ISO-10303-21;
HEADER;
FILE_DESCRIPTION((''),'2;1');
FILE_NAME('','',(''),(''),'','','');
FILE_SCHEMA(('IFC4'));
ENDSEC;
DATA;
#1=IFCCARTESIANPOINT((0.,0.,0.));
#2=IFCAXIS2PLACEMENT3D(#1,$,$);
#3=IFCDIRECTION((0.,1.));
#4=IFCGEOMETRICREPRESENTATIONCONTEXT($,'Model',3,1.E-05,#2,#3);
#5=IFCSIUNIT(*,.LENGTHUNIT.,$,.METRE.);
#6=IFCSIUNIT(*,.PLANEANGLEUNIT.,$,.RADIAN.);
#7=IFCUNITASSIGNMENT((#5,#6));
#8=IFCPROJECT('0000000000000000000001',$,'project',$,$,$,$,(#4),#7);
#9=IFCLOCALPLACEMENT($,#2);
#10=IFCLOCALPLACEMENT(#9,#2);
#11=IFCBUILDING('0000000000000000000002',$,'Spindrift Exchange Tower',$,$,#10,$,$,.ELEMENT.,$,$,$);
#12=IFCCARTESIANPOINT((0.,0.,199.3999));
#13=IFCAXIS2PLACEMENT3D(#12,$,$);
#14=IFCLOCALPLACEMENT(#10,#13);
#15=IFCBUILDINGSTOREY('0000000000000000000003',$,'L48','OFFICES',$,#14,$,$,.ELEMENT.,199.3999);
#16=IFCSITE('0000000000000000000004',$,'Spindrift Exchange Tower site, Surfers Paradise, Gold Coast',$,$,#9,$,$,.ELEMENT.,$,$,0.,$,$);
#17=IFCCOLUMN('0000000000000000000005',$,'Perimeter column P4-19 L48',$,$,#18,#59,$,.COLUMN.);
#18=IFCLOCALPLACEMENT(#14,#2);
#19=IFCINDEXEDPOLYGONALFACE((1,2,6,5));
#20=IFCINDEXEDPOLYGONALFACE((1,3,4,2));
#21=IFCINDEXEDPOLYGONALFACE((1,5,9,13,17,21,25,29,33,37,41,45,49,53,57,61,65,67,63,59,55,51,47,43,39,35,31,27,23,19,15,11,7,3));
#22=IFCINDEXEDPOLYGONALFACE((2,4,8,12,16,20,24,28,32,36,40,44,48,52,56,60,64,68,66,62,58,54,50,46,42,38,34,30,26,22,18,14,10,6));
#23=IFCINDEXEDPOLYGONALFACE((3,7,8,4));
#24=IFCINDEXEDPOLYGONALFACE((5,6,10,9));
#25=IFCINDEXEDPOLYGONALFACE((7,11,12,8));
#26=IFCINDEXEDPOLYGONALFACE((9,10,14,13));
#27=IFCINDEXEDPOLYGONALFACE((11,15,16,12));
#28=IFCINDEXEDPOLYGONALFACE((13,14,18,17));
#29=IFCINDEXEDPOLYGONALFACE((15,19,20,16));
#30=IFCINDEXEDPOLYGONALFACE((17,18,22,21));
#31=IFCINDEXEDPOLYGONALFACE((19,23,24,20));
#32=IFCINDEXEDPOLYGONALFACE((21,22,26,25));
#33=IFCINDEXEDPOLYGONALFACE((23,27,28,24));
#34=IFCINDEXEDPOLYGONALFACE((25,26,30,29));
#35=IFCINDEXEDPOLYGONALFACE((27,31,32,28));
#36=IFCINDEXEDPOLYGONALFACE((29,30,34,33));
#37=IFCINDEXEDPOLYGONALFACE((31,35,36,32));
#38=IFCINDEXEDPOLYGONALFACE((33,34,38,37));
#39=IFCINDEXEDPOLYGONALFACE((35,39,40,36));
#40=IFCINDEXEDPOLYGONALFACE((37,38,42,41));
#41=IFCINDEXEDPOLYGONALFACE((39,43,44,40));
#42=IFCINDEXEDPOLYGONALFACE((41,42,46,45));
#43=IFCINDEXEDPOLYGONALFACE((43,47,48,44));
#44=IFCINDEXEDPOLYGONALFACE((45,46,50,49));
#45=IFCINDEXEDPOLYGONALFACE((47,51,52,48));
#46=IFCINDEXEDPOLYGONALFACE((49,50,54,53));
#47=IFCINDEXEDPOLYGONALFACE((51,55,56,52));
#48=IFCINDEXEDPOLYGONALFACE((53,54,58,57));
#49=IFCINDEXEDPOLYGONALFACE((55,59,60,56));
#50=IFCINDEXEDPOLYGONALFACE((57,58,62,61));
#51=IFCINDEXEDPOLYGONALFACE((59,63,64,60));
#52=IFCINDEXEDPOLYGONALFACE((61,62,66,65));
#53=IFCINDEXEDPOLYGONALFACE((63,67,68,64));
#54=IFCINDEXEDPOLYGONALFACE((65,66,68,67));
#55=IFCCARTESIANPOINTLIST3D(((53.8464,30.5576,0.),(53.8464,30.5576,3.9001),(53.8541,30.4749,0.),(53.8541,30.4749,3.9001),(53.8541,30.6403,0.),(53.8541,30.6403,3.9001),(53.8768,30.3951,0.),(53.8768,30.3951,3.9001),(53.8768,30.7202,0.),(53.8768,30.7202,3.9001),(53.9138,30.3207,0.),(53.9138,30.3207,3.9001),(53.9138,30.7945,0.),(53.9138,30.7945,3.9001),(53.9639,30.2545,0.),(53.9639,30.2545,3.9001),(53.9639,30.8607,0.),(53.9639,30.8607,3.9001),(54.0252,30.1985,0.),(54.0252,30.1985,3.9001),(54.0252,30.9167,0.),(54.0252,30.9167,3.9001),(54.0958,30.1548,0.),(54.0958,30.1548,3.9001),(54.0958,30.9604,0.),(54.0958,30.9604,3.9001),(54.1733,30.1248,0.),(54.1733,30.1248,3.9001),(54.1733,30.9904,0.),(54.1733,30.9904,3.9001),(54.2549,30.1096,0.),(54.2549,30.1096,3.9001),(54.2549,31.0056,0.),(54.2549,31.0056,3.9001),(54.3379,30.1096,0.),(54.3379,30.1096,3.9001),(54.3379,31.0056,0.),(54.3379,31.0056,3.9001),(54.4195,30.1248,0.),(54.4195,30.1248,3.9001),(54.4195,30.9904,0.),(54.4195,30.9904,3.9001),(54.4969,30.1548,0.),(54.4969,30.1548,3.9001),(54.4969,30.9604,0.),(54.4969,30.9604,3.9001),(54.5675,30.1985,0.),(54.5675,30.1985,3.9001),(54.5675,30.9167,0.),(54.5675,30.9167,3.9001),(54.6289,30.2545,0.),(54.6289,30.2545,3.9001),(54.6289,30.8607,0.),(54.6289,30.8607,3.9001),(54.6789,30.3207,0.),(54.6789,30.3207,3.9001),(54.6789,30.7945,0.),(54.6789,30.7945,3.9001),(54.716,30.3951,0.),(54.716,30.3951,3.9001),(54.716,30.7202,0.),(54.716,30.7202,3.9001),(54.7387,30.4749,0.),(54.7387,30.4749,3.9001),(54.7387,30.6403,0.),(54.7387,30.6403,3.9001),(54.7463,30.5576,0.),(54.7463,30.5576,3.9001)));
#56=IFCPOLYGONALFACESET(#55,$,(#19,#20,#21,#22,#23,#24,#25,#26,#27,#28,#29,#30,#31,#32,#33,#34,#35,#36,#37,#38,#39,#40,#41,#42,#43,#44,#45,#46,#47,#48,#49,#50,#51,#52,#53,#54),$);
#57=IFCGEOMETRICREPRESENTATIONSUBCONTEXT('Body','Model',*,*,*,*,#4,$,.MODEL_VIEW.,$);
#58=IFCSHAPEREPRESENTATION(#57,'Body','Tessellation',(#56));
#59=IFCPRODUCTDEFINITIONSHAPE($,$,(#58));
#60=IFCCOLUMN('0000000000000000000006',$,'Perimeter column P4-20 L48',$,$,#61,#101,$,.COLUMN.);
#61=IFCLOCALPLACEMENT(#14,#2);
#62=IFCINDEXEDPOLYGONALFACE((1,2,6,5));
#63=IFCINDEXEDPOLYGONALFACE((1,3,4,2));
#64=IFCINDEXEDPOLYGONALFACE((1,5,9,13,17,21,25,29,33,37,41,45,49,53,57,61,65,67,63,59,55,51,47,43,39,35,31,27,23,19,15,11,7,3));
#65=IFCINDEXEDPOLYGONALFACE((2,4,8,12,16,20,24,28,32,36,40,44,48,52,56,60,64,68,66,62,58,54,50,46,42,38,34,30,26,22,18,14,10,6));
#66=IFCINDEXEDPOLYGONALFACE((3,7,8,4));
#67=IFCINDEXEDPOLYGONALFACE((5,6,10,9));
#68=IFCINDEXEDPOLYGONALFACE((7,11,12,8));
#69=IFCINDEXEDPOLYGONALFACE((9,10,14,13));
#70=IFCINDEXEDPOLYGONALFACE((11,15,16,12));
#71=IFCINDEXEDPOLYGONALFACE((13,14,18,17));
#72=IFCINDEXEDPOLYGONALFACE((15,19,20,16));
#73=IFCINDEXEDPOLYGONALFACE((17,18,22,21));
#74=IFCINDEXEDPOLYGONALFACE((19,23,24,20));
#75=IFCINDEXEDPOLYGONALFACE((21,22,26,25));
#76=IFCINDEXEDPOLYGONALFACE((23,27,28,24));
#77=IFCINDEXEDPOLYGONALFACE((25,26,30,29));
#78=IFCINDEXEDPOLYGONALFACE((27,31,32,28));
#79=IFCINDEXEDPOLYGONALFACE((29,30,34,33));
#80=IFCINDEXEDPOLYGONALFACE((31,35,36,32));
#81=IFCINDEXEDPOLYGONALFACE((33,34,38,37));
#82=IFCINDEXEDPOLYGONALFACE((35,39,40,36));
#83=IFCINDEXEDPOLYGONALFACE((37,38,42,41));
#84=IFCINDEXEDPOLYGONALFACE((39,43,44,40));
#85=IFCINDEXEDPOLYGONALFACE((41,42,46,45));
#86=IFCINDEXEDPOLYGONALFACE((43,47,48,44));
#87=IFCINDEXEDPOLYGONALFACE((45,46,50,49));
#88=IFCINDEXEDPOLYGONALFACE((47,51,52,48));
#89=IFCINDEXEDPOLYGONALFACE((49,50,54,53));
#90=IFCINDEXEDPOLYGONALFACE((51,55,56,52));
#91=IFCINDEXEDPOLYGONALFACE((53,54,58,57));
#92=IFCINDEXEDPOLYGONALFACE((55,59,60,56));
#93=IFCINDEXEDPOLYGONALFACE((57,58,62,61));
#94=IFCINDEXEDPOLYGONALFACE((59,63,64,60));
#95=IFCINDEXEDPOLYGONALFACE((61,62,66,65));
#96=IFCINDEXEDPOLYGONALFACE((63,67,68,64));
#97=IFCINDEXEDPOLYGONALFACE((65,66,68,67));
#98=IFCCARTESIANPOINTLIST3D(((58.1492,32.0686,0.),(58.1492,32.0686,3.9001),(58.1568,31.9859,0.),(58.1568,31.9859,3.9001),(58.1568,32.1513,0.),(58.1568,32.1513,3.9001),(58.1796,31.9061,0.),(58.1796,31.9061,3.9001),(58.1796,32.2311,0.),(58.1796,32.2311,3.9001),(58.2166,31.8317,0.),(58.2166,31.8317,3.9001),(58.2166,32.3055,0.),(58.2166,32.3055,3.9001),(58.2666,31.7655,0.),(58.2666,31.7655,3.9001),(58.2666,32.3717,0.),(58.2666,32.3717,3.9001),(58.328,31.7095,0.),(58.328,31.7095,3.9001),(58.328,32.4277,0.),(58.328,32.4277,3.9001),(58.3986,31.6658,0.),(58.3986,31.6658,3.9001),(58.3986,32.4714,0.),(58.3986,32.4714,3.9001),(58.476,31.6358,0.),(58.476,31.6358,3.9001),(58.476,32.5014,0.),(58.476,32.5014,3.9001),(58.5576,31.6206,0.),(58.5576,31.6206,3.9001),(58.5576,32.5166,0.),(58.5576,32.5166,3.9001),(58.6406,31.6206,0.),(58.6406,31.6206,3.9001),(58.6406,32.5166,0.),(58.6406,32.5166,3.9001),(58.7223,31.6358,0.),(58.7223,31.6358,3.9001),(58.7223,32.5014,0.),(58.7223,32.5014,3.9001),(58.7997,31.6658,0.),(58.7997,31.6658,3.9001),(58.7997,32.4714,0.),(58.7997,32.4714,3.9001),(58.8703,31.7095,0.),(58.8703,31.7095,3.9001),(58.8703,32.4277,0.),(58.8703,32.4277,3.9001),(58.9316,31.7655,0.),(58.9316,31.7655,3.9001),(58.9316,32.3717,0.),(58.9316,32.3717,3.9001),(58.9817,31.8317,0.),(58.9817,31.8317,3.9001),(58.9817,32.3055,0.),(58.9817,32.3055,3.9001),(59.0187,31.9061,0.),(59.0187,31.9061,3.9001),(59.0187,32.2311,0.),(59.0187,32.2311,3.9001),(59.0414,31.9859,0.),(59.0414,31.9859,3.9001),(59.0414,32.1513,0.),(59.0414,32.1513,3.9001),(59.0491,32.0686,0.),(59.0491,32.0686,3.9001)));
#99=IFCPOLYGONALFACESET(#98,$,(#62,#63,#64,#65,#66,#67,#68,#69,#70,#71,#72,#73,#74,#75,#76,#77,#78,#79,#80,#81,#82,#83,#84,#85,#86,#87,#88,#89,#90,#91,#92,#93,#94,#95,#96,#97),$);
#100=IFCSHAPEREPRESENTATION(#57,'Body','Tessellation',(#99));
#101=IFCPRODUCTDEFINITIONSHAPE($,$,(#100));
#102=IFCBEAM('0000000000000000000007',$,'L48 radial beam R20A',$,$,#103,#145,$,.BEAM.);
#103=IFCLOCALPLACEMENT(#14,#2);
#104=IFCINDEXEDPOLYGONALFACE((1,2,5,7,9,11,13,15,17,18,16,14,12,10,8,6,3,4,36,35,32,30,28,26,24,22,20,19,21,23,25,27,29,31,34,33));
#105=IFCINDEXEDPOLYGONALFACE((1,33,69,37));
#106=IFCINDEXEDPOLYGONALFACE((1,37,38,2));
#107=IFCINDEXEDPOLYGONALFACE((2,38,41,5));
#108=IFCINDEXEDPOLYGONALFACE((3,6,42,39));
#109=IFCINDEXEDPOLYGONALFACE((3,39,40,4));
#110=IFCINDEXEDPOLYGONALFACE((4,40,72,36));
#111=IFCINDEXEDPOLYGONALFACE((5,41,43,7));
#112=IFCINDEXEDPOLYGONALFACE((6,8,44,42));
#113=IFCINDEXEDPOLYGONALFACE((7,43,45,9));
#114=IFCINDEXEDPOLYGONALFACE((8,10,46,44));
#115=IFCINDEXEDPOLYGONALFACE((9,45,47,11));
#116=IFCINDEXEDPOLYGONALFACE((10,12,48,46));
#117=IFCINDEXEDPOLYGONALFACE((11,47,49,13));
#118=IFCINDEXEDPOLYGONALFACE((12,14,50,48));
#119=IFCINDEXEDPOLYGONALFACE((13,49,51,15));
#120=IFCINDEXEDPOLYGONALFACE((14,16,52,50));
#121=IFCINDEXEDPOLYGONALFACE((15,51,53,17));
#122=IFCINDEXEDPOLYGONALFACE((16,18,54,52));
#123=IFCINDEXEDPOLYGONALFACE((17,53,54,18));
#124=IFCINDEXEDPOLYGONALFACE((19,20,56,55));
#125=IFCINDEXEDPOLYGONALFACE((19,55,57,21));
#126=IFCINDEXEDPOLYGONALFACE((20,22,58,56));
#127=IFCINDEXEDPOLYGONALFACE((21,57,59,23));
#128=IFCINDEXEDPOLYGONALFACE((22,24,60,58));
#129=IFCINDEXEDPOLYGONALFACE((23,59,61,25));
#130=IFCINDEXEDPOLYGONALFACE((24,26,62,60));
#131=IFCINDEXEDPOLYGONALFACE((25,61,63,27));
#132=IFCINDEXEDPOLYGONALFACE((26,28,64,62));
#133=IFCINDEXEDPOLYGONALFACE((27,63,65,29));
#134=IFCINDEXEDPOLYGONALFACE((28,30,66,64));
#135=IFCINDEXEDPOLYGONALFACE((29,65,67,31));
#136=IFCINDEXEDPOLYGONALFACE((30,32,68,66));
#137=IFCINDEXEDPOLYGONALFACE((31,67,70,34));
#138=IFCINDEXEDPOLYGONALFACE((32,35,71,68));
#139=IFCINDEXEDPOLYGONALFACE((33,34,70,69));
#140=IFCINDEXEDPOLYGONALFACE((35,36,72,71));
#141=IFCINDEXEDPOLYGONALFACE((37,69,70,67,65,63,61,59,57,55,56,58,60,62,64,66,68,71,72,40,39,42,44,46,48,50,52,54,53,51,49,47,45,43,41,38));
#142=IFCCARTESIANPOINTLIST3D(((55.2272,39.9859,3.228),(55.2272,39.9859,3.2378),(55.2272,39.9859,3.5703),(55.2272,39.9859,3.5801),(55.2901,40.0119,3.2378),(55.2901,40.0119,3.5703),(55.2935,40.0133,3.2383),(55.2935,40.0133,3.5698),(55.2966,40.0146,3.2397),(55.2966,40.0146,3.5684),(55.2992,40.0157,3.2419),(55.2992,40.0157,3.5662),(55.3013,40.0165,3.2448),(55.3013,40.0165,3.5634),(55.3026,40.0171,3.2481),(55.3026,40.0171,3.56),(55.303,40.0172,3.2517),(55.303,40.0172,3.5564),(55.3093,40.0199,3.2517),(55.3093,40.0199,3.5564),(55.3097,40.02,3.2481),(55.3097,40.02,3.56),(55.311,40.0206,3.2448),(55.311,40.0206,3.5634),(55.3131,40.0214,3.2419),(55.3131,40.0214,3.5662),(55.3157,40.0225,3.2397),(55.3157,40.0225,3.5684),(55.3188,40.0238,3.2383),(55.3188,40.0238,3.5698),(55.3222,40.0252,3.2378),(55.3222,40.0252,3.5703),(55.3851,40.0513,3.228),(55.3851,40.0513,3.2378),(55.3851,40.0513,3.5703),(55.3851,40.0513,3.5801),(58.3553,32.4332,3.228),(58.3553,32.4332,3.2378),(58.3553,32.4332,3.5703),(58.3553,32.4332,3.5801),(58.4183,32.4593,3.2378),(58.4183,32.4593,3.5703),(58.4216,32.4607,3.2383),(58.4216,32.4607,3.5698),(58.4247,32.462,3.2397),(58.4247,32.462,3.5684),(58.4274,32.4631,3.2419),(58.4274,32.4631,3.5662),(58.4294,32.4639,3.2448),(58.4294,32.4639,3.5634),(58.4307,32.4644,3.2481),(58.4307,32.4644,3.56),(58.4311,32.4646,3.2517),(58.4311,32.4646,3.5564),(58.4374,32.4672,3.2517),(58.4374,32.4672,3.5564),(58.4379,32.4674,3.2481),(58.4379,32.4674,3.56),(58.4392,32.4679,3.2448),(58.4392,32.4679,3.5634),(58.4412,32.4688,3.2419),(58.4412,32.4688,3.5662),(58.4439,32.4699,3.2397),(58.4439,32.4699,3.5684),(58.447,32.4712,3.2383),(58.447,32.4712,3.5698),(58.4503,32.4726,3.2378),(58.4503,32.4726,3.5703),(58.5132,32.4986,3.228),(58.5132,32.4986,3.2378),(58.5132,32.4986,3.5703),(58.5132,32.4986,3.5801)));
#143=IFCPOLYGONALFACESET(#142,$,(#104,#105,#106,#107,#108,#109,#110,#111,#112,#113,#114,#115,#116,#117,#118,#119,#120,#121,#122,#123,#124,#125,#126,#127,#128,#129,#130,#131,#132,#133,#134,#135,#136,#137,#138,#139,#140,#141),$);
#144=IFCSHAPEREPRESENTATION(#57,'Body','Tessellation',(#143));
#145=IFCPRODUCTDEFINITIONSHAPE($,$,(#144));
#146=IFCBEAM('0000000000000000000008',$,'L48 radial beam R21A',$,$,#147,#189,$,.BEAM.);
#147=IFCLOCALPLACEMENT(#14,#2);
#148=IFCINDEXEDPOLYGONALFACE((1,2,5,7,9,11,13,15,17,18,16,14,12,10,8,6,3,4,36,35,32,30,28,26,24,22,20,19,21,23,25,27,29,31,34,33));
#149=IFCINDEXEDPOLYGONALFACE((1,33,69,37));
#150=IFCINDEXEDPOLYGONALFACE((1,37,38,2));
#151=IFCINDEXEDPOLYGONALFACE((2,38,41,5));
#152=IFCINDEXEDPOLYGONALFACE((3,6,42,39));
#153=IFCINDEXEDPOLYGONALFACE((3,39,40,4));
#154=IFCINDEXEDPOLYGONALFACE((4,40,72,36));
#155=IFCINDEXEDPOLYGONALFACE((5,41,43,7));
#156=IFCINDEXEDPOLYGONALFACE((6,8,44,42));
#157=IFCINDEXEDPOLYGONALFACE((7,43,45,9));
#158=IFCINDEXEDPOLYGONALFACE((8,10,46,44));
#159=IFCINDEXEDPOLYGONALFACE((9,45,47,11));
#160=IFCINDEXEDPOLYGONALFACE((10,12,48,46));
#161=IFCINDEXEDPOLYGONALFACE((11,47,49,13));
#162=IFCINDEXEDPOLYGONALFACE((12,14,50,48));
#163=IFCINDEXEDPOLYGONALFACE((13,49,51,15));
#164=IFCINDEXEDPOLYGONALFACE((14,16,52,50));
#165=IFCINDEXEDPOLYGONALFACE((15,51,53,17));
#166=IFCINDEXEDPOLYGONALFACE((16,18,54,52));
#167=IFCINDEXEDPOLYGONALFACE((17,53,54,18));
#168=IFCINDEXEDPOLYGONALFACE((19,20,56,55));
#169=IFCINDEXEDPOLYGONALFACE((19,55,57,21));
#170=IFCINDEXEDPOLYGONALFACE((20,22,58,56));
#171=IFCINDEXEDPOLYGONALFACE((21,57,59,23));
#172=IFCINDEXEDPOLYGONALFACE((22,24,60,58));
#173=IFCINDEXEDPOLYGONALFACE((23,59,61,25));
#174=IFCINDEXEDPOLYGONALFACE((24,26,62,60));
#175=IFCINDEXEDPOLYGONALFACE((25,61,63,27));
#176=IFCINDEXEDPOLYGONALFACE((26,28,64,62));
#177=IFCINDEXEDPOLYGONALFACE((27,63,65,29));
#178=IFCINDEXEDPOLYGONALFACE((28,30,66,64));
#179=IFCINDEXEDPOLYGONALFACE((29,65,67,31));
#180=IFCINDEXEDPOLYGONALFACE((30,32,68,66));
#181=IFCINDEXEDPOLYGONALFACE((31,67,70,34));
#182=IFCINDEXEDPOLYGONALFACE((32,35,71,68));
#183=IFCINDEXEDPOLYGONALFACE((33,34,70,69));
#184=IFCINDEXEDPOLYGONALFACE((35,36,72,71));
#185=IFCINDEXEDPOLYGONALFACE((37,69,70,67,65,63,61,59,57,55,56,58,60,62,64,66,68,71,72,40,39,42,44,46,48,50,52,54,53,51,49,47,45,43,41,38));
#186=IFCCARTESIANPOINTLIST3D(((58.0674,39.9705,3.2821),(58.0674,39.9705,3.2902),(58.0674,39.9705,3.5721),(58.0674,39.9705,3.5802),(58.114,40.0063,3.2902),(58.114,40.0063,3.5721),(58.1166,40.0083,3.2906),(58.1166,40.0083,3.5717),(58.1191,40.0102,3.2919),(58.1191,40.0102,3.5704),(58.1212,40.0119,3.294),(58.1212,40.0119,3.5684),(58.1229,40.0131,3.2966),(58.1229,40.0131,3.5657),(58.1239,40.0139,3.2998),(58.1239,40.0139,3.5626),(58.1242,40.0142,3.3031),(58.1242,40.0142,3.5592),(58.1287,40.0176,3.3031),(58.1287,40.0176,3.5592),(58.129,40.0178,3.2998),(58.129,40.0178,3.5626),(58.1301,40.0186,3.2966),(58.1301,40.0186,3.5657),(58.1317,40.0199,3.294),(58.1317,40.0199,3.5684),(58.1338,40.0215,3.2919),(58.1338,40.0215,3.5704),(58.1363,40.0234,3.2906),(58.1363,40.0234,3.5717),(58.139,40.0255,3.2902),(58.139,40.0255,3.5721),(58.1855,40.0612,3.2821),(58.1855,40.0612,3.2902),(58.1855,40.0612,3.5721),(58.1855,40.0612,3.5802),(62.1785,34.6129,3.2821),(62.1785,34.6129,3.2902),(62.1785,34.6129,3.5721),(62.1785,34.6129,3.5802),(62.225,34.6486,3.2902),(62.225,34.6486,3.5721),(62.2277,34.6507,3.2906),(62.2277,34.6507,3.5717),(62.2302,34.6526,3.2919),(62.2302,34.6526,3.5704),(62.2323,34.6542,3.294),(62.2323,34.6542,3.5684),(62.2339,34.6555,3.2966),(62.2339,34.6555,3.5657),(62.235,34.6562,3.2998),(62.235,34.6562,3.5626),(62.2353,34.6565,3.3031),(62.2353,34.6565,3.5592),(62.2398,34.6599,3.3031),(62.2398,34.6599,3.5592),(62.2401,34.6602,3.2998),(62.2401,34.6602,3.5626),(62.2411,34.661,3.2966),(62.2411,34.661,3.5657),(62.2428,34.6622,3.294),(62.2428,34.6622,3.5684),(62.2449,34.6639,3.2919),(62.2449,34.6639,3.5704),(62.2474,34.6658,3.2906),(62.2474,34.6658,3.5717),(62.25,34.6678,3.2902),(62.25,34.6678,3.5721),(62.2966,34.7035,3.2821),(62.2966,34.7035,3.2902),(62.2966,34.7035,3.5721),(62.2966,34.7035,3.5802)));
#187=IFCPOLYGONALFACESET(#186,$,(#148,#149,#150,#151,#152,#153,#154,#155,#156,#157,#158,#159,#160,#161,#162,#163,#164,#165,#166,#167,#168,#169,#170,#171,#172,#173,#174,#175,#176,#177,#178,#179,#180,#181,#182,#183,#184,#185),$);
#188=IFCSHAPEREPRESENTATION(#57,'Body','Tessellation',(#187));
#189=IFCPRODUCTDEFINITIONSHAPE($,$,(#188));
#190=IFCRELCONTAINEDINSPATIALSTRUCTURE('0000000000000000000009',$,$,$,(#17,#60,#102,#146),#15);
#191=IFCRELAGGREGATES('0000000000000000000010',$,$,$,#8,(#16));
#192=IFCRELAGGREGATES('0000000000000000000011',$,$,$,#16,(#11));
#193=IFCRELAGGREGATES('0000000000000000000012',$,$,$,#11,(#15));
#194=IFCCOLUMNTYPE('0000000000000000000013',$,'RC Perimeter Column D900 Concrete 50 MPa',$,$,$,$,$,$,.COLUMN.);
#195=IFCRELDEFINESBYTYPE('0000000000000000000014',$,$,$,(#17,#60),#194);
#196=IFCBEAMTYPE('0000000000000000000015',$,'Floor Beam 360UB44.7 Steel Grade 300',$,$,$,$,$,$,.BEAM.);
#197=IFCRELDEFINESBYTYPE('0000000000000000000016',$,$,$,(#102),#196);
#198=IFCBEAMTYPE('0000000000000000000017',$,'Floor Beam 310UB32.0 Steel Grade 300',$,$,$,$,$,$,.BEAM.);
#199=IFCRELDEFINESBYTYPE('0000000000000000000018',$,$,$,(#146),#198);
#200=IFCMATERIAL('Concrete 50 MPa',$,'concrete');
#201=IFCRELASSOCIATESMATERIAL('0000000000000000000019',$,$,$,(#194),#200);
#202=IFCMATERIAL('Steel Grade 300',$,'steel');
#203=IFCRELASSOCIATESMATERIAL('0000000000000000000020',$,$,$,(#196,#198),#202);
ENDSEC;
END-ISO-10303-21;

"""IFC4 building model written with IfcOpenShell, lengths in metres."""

from ifc_helpers import new_model, si_unit, direction, frame, origin, origin_2d, place, context, subcontext, project, spatial, circle, i_section, extrude, source, transform, mapped, material, material_profile, profile_set, type_object, element, save


model = new_model("IFC4")

# Units and contexts
model_context = context("Model", 3, precision=1e-05, world=origin(), true_north=direction((0.0, 1.0)))
body_context = subcontext(model_context, "Body", "Model", "MODEL_VIEW")
ifc_project = project(units=[si_unit("LENGTHUNIT", "METRE"), si_unit("PLANEANGLEUNIT", "RADIAN")], contexts=[model_context])

# Site, building, storey
site_placement = place(None, origin())
site = spatial("IfcSite", under=ifc_project, at=site_placement, Name="Spindrift Exchange Tower site, Surfers Paradise, Gold Coast", CompositionType="ELEMENT", RefElevation=0.0)
building_placement = place(site_placement, origin())
building = spatial("IfcBuilding", under=site, at=building_placement, Name="Spindrift Exchange Tower", CompositionType="ELEMENT")
storey_placement = place(building_placement, frame((0.0, 0.0, 199.3999)))
storey = spatial("IfcBuildingStorey", under=building, at=storey_placement, Name="L48", Description="OFFICES", CompositionType="ELEMENT", Elevation=199.3999)

# Columns
ifc_material_1 = material(Name="Concrete 50 MPa", Category="concrete")
ifc_material_profile_1 = material_profile(ifc_material_1, circle(Radius=0.45, at=origin_2d()), Name="RC D900")
ifc_profile_set_1 = profile_set([ifc_material_profile_1], Name="Concrete 50 MPa")
column_type = type_object("IfcColumnType", Name="RC Perimeter Column D900 Concrete 50 MPa", PredefinedType="COLUMN", material=ifc_profile_set_1)
shared_shape_1 = source(origin(), body_context, "Body", "SweptSolid", [
    extrude(circle(Radius=0.45, at=origin_2d()), origin(), (0.0, 0.0, 1.0), 3.9001),
])
for number, where, z_axis, x_axis, name in (
    (1, (54.2964, 30.5576, 0.0), (0.0, 0.0, 1.0), (1.0, 0.0, 0.0), "Perimeter column P4-19 L48"),
    (2, (58.5991, 32.0686, 0.0), (0.0, 0.0, 1.0), (1.0, 0.0, 0.0), "Perimeter column P4-20 L48"),
):
    element("IfcColumn", number, at=place(storey_placement, frame(where, z_axis=z_axis, x_axis=x_axis)), inside=storey, type_object=column_type, Name=name, PredefinedType="COLUMN", context=body_context, shape_type="MappedRepresentation", body=[
        mapped(shared_shape_1, transform((0.0, 0.0, 0.0), scale=1.0)),
    ])

# Beams
ifc_material_2 = material(Name="Steel Grade 300", Category="steel")
ifc_material_profile_2 = material_profile(ifc_material_2, i_section(OverallWidth=0.1709, OverallDepth=0.3521, WebThickness=0.0068, FlangeThickness=0.0098, FilletRadius=0.0139, at=origin_2d()), Name="360UB44.7")
ifc_profile_set_2 = profile_set([ifc_material_profile_2], Name="Steel Grade 300")
beam_type_1 = type_object("IfcBeamType", Name="Floor Beam 360UB44.7 Steel Grade 300", PredefinedType="BEAM", material=ifc_profile_set_2)
shared_shape_2 = source(origin(), body_context, "Body", "SweptSolid", [
    extrude(i_section(OverallWidth=0.1709, OverallDepth=0.3521, WebThickness=0.0068, FlangeThickness=0.0098, FilletRadius=0.0139, at=origin_2d()), origin(), (0.0, 0.0, 1.0), 8.1748),
])
beam_1_placement = place(storey_placement, frame((55.3062, 40.0186, 3.4041), z_axis=(0.382655, -0.923891, 0.0), x_axis=(0.923891, 0.382655, 0.0)))
element("IfcBeam", 3, at=beam_1_placement, inside=storey, type_object=beam_type_1, Name="L48 radial beam R20A", PredefinedType="BEAM", context=body_context, shape_type="MappedRepresentation", body=[
    mapped(shared_shape_2, transform((0.0, 0.0, 0.0), scale=1.0)),
])
ifc_material_profile_3 = material_profile(ifc_material_2, i_section(OverallWidth=0.1489, OverallDepth=0.2981, WebThickness=0.0056, FlangeThickness=0.0081, FilletRadius=0.0129, at=origin_2d()), Name="310UB32.0")
ifc_profile_set_3 = profile_set([ifc_material_profile_3], Name="Steel Grade 300")
beam_type_2 = type_object("IfcBeamType", Name="Floor Beam 310UB32.0 Steel Grade 300", PredefinedType="BEAM", material=ifc_profile_set_3)
shared_shape_3 = source(origin(), body_context, "Body", "SweptSolid", [
    extrude(i_section(OverallWidth=0.1489, OverallDepth=0.2981, WebThickness=0.0056, FlangeThickness=0.0081, FilletRadius=0.0129, at=origin_2d()), origin(), (0.0, 0.0, 1.0), 6.7532),
])
beam_2_placement = place(storey_placement, frame((58.1265, 40.0159, 3.4312), z_axis=(0.608762, -0.793353, 0.0), x_axis=(0.793353, 0.608762, 0.0)))
element("IfcBeam", 4, at=beam_2_placement, inside=storey, type_object=beam_type_2, Name="L48 radial beam R21A", PredefinedType="BEAM", context=body_context, shape_type="MappedRepresentation", body=[
    mapped(shared_shape_3, transform((0.0, 0.0, 0.0), scale=1.0)),
])

save(model, "model.ifc")
